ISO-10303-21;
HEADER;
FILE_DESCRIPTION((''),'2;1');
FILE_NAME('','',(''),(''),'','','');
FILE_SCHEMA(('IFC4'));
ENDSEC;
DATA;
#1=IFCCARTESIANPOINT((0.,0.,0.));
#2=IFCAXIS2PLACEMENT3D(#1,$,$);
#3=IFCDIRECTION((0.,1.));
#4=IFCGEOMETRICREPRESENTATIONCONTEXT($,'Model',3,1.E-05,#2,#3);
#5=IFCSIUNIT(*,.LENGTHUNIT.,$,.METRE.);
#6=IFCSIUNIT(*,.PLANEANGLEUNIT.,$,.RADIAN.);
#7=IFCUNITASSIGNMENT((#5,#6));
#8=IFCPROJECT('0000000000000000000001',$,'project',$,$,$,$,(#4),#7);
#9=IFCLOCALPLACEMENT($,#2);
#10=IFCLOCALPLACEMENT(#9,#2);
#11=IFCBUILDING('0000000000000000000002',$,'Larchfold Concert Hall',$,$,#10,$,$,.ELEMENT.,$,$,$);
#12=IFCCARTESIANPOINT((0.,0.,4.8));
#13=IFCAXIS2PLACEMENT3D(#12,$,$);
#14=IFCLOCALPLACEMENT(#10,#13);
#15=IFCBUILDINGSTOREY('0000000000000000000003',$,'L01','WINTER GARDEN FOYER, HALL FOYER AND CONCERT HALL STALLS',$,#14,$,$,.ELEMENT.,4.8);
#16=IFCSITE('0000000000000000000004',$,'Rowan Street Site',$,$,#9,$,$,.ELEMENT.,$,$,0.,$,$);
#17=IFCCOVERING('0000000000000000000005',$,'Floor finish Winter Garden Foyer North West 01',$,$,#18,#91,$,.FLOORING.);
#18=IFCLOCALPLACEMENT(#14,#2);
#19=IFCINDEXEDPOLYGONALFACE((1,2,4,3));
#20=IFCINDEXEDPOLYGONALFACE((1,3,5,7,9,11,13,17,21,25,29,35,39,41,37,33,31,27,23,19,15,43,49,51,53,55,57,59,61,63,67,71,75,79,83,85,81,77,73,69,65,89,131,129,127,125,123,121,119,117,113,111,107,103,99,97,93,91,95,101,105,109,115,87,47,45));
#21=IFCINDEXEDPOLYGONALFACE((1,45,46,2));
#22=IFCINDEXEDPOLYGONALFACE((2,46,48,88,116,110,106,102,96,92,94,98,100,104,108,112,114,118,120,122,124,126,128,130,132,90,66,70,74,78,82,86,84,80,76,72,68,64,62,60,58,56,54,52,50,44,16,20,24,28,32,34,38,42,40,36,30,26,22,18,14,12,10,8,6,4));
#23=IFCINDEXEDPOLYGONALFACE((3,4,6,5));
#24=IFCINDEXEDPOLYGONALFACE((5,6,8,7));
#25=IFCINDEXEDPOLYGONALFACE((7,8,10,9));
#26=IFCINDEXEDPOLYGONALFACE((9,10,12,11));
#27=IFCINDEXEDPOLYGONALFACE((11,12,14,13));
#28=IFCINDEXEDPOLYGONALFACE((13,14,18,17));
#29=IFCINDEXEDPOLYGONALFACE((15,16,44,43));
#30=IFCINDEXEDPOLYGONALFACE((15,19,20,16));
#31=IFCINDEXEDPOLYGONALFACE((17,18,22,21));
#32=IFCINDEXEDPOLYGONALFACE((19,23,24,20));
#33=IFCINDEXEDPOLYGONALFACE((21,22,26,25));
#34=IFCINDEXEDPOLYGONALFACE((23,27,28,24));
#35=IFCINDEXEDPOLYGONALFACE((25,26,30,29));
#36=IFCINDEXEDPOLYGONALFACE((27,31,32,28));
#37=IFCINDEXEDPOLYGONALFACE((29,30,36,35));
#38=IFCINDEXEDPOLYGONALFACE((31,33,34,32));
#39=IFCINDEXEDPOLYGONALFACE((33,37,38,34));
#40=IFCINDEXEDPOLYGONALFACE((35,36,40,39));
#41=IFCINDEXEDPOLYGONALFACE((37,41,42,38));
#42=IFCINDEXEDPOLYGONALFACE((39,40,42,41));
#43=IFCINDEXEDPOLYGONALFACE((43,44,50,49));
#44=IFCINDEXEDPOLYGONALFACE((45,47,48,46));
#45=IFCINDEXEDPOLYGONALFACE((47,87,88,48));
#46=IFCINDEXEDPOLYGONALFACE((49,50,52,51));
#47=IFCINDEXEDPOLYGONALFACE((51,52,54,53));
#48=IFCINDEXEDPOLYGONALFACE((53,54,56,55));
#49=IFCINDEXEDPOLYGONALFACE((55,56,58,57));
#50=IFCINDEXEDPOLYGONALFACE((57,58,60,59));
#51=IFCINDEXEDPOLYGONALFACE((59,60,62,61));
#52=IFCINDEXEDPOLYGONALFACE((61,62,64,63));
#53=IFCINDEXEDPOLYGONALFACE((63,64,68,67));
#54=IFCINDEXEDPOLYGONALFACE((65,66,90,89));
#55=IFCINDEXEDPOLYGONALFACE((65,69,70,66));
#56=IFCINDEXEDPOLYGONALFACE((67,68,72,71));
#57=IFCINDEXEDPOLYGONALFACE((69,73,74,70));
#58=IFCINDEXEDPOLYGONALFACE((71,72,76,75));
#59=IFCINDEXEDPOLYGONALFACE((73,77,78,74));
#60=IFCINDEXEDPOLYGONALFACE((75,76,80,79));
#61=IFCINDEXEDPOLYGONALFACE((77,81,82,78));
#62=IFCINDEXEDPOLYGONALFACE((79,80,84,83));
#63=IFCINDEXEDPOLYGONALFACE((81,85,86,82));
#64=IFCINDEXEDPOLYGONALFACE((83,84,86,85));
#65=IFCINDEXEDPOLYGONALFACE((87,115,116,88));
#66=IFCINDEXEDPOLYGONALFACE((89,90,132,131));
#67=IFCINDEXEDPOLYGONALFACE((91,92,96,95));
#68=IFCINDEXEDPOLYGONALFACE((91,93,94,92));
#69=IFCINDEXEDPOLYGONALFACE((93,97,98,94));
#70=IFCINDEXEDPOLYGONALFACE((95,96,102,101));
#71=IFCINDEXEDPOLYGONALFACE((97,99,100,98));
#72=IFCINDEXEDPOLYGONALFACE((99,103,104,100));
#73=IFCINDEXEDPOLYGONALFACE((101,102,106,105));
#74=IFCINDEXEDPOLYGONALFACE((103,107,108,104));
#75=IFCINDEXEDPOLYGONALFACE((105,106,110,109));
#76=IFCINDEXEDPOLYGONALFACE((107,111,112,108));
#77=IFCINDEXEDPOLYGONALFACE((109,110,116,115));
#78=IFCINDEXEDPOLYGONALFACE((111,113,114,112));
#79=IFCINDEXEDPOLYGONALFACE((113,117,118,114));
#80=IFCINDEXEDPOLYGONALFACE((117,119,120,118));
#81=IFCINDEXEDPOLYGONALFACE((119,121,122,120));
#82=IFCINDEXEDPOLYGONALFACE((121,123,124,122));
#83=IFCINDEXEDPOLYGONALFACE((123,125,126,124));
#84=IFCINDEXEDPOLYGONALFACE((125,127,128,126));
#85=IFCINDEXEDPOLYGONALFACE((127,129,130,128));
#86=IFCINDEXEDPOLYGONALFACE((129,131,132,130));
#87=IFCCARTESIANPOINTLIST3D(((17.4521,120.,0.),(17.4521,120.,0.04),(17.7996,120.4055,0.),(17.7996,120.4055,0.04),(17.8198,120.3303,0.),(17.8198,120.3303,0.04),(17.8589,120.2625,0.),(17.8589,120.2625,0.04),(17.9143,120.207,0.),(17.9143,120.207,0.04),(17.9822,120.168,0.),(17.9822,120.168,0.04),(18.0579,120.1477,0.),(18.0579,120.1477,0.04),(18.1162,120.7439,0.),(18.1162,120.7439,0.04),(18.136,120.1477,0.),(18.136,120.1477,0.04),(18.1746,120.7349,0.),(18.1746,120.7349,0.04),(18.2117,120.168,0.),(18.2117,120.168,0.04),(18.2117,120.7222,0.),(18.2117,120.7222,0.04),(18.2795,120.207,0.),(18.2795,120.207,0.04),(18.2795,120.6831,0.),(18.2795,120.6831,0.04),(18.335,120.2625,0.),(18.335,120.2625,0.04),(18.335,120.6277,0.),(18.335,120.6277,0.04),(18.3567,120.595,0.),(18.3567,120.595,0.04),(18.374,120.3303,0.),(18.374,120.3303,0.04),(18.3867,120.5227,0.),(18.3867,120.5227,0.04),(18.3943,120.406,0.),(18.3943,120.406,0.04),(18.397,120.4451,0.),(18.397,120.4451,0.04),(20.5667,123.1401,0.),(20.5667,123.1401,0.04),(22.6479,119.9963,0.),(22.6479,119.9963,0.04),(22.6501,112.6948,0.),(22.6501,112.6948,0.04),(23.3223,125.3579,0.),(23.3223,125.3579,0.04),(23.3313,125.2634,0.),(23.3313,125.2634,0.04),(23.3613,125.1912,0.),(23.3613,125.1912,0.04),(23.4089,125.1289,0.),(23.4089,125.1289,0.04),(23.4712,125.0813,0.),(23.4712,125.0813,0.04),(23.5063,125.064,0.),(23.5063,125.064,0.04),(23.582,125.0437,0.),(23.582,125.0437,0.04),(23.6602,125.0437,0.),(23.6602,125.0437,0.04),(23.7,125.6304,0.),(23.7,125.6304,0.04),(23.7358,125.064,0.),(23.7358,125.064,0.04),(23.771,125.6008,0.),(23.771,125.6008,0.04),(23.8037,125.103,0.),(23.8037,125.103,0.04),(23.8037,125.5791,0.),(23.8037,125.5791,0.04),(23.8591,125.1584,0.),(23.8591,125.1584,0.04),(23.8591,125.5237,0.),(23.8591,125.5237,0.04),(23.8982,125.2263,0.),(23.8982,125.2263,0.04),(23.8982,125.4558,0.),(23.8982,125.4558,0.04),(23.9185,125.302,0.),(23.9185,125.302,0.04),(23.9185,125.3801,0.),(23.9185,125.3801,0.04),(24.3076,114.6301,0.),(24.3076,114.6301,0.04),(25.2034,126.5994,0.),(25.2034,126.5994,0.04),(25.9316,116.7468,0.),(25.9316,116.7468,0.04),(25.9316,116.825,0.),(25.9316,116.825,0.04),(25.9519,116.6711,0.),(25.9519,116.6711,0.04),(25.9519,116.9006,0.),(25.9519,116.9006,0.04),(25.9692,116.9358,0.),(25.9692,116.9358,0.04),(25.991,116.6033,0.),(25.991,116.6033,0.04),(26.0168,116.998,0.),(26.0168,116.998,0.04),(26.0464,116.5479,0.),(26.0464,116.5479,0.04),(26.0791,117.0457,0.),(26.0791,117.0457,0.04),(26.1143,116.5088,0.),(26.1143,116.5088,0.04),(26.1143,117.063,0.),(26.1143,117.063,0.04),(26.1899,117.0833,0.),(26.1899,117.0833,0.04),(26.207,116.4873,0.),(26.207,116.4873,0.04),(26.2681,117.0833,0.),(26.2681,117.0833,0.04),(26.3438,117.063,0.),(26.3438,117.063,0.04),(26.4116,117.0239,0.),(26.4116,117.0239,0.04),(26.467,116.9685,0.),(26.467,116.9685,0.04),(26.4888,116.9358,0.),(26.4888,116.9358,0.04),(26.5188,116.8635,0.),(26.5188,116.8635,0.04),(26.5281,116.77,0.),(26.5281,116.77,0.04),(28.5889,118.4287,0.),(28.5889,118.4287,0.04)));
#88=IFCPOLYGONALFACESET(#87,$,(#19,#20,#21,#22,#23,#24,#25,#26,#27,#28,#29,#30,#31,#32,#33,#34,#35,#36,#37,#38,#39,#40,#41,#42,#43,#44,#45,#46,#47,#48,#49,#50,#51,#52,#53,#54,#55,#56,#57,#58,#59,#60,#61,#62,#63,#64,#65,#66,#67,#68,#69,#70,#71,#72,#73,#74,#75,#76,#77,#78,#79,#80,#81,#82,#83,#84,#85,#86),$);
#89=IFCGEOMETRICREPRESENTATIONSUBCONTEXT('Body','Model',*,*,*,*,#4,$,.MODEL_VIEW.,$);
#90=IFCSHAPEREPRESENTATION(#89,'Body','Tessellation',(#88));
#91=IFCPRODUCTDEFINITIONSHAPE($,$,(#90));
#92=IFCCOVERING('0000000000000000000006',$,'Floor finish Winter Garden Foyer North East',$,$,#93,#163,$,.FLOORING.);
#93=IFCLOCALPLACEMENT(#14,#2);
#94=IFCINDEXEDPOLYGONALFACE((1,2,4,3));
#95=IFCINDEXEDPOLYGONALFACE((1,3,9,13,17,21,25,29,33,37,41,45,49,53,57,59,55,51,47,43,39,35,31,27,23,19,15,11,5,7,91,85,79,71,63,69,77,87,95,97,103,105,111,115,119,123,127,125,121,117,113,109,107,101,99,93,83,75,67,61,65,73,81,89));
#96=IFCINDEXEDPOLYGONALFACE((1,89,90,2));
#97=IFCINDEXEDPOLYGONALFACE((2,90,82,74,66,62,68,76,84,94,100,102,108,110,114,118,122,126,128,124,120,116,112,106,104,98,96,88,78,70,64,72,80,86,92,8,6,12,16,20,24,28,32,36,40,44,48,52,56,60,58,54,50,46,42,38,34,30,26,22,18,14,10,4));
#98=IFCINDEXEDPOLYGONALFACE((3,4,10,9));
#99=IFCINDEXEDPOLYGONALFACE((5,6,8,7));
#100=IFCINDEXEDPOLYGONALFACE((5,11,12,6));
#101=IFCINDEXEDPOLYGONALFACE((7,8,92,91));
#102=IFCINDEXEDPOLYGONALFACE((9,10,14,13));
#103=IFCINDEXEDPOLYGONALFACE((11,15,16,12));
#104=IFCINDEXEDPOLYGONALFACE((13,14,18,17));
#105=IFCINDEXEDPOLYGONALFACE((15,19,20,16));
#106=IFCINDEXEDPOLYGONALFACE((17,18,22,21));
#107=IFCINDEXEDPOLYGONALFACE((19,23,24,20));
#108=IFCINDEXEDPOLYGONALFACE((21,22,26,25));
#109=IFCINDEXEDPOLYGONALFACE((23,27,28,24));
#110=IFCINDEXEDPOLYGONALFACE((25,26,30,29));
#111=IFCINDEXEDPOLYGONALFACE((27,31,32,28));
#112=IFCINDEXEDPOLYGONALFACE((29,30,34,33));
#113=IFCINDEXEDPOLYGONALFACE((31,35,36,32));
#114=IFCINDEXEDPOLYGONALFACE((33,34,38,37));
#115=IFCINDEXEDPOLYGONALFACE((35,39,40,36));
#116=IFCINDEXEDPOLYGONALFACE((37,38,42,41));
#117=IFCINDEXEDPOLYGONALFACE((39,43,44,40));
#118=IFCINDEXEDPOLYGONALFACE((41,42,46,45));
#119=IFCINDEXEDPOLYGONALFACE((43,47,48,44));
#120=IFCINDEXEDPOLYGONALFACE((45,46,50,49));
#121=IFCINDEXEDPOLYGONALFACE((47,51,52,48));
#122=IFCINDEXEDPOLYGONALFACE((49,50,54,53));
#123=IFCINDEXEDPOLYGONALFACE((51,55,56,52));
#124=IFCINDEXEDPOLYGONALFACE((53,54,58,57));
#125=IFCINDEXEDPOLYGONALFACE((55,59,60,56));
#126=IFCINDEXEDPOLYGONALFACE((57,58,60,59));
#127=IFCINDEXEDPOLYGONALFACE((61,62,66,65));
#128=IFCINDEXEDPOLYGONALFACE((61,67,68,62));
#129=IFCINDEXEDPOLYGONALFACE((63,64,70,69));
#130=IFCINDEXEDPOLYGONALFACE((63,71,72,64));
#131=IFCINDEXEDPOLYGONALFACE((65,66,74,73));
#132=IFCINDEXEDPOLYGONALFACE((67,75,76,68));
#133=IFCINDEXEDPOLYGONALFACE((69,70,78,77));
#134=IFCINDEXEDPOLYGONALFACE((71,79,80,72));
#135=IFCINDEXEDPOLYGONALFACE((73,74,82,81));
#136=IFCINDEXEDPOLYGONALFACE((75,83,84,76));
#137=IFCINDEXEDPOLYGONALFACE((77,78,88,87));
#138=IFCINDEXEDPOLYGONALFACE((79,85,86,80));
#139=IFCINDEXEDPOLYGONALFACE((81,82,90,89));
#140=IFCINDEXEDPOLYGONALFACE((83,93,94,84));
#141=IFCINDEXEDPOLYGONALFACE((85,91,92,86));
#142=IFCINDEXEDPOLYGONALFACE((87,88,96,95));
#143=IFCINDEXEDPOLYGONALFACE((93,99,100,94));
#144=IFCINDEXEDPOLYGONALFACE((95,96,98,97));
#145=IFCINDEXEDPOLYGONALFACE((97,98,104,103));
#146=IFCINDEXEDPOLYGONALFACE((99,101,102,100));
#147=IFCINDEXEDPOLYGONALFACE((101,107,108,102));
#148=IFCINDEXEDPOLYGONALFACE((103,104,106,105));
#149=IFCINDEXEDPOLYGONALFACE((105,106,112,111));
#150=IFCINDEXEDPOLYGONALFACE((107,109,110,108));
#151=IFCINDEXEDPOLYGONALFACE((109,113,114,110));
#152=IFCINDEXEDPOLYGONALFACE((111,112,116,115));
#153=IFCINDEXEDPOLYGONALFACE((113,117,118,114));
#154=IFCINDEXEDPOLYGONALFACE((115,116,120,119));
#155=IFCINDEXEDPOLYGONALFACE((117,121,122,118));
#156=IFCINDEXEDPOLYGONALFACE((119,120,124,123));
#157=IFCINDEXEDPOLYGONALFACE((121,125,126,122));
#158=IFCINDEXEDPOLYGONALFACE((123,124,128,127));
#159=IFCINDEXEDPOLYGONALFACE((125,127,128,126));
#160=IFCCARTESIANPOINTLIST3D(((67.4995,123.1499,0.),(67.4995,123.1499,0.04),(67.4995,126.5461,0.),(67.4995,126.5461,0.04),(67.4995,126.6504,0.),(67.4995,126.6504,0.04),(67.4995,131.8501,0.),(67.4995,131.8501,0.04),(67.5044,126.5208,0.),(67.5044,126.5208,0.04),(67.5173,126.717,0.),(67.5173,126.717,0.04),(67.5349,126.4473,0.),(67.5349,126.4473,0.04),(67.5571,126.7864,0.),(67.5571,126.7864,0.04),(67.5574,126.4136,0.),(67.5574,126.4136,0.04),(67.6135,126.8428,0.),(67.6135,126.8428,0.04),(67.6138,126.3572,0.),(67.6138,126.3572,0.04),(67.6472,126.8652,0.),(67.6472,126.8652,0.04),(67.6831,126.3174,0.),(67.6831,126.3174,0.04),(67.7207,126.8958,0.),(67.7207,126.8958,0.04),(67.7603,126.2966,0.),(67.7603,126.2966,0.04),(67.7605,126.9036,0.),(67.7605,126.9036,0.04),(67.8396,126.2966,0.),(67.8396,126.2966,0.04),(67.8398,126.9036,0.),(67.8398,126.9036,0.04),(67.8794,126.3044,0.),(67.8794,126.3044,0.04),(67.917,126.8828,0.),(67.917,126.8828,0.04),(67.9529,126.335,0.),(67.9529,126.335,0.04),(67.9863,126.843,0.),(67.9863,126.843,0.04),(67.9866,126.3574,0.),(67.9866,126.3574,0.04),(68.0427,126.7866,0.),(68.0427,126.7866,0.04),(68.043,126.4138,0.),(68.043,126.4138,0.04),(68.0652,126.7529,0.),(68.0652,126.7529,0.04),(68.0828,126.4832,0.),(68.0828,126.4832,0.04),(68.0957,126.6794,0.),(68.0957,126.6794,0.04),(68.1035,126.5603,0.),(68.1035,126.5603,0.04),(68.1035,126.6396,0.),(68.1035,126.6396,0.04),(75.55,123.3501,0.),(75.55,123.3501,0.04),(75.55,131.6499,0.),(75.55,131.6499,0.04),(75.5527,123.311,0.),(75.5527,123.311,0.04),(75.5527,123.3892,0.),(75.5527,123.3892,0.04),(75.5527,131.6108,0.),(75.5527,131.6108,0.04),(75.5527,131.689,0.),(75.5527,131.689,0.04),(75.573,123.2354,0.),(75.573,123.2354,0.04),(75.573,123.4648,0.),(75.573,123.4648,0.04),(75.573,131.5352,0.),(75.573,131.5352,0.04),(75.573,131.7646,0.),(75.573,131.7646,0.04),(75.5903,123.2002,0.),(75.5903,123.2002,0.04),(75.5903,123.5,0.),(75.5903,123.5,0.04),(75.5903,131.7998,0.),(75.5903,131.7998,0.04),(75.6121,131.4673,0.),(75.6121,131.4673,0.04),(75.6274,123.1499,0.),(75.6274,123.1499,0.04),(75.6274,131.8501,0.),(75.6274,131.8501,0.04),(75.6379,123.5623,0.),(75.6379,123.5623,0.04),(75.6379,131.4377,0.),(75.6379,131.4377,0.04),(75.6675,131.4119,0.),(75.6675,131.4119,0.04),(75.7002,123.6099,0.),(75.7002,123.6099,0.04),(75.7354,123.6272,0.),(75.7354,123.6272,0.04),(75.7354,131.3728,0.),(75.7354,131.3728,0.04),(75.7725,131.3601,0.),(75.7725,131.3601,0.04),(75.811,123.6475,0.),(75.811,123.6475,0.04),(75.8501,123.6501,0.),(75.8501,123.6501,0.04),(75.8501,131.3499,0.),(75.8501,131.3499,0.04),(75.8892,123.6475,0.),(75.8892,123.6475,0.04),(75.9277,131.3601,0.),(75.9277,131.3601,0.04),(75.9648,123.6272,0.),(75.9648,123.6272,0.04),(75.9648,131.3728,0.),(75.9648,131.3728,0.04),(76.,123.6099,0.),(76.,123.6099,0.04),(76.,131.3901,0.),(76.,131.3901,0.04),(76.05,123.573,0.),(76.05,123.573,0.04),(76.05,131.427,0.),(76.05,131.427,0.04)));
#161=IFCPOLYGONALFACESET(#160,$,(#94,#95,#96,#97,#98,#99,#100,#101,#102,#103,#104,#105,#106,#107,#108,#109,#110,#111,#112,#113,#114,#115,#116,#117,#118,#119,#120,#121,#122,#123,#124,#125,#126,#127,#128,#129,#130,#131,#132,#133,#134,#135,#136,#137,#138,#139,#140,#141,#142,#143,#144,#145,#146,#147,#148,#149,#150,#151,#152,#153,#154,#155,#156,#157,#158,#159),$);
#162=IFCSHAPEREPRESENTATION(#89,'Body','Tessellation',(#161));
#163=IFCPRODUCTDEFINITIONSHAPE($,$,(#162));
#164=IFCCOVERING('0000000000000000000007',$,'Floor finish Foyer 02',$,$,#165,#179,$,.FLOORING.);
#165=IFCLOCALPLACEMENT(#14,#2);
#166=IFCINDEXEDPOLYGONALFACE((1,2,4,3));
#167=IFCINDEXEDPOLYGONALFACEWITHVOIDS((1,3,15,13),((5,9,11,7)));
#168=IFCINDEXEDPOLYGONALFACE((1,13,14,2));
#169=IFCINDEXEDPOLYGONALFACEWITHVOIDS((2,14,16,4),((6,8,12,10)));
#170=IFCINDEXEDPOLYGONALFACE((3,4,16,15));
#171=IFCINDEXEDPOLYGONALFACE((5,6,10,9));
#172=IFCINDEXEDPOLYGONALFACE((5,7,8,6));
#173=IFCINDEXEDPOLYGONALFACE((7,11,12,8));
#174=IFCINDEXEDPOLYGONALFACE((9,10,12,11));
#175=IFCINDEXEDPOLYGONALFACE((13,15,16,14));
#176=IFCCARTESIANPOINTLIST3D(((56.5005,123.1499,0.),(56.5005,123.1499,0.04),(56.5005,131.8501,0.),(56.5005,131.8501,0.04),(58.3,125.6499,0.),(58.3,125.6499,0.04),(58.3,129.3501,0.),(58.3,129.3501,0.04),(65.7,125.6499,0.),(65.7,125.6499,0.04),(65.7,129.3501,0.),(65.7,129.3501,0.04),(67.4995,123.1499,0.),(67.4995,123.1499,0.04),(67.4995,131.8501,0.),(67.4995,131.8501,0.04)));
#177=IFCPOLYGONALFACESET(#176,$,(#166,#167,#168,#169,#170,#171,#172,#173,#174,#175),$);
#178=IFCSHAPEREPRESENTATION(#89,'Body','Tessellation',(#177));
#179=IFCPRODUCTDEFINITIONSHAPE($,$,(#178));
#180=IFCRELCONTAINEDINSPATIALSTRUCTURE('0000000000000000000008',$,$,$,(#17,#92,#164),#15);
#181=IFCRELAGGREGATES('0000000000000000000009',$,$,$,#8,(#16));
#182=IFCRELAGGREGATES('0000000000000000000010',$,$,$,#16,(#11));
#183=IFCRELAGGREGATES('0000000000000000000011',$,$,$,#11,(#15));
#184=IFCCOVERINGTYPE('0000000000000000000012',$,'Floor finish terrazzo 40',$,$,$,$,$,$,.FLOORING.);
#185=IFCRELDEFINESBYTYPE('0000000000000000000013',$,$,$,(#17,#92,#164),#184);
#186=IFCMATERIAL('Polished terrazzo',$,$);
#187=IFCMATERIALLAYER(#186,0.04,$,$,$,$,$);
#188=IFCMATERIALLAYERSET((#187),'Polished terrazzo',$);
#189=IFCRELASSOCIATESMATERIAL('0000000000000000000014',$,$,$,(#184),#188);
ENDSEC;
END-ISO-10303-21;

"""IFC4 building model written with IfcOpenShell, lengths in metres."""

from ifc_helpers import new_model, si_unit, direction, frame, origin, place, context, subcontext, project, spatial, polyline, outline, extrude, material, layer, layer_set, type_object, element, save


model = new_model("IFC4")

# Units and contexts
model_context = context("Model", 3, precision=1e-05, world=origin(), true_north=direction((0.0, 1.0)))
body_context = subcontext(model_context, "Body", "Model", "MODEL_VIEW")
ifc_project = project(units=[si_unit("LENGTHUNIT", "METRE"), si_unit("PLANEANGLEUNIT", "RADIAN")], contexts=[model_context])

# Site, building, storey
site_placement = place(None, origin())
site = spatial("IfcSite", under=ifc_project, at=site_placement, Name="Rowan Street Site", CompositionType="ELEMENT", RefElevation=0.0)
building_placement = place(site_placement, origin())
building = spatial("IfcBuilding", under=site, at=building_placement, Name="Larchfold Concert Hall", CompositionType="ELEMENT")
storey_placement = place(building_placement, frame((0.0, 0.0, 4.8)))
storey = spatial("IfcBuildingStorey", under=building, at=storey_placement, Name="L01", Description="WINTER GARDEN FOYER, HALL FOYER AND CONCERT HALL STALLS", CompositionType="ELEMENT", Elevation=4.8)

# Coverings
ifc_material_1 = material(Name="Polished terrazzo")
ifc_layer_1 = layer(ifc_material_1, 0.04)
ifc_layer_set_1 = layer_set([ifc_layer_1], Name="Polished terrazzo")
covering_type_1 = type_object("IfcCoveringType", Name="Floor finish terrazzo 40", PredefinedType="FLOORING", material=ifc_layer_set_1)
covering_1_placement = place(storey_placement, origin())
element("IfcCovering", 1, at=covering_1_placement, inside=storey, type_object=covering_type_1, Name="Floor finish Winter Garden Foyer North West 01", PredefinedType="FLOORING", context=body_context, shape_type="SweptSolid", body=[
    extrude(outline(polyline([(17.7996, 120.4055), (17.4521, 120.0), (22.6479, 119.9963), (22.6501, 112.6948), (24.3076, 114.6301), (26.207, 116.4873), (26.1143, 116.5088), (26.0464, 116.5479), (25.991, 116.6033), (25.9519, 116.6711), (25.9316, 116.7468), (25.9316, 116.825), (25.9519, 116.9006), (25.9692, 116.9358), (26.0168, 116.998), (26.0791, 117.0457), (26.1143, 117.063), (26.1899, 117.0833), (26.2681, 117.0833), (26.3438, 117.063), (26.4116, 117.0239), (26.467, 116.9685), (26.4888, 116.9358), (26.5188, 116.8635), (26.5281, 116.77), (28.5889, 118.4287), (25.2034, 126.5994), (23.7, 125.6304), (23.771, 125.6008), (23.8037, 125.5791), (23.8591, 125.5237), (23.8982, 125.4558), (23.9185, 125.3801), (23.9185, 125.302), (23.8982, 125.2263), (23.8591, 125.1584), (23.8037, 125.103), (23.7358, 125.064), (23.6602, 125.0437), (23.582, 125.0437), (23.5063, 125.064), (23.4712, 125.0813), (23.4089, 125.1289), (23.3613, 125.1912), (23.3313, 125.2634), (23.3223, 125.3579), (20.5667, 123.1401), (18.1162, 120.7439), (18.1746, 120.7349), (18.2117, 120.7222), (18.2795, 120.6831), (18.335, 120.6277), (18.3567, 120.595), (18.3867, 120.5227), (18.397, 120.4451), (18.3943, 120.406), (18.374, 120.3303), (18.335, 120.2625), (18.2795, 120.207), (18.2117, 120.168), (18.136, 120.1477), (18.0579, 120.1477), (17.9822, 120.168), (17.9143, 120.207), (17.8589, 120.2625), (17.8198, 120.3303), (17.7996, 120.4055)])), origin(), (0.0, 0.0, 1.0), 0.04),
])
covering_2_placement = place(storey_placement, origin())
element("IfcCovering", 2, at=covering_2_placement, inside=storey, type_object=covering_type_1, Name="Floor finish Winter Garden Foyer North East", PredefinedType="FLOORING", context=body_context, shape_type="SweptSolid", body=[
    extrude(outline(polyline([(75.6274, 131.8501), (67.4995, 131.8501), (67.4995, 126.6504), (67.5173, 126.717), (67.5571, 126.7864), (67.6135, 126.8428), (67.6472, 126.8652), (67.7207, 126.8958), (67.7605, 126.9036), (67.8398, 126.9036), (67.917, 126.8828), (67.9863, 126.843), (68.0427, 126.7866), (68.0652, 126.7529), (68.0957, 126.6794), (68.1035, 126.6396), (68.1035, 126.5603), (68.0828, 126.4832), (68.043, 126.4138), (67.9866, 126.3574), (67.9529, 126.335), (67.8794, 126.3044), (67.8396, 126.2966), (67.7603, 126.2966), (67.6831, 126.3174), (67.6138, 126.3572), (67.5574, 126.4136), (67.5349, 126.4473), (67.5044, 126.5208), (67.4995, 126.5461), (67.4995, 123.1499), (75.6274, 123.1499), (75.5903, 123.2002), (75.573, 123.2354), (75.5527, 123.311), (75.55, 123.3501), (75.5527, 123.3892), (75.573, 123.4648), (75.5903, 123.5), (75.6379, 123.5623), (75.7002, 123.6099), (75.7354, 123.6272), (75.811, 123.6475), (75.8501, 123.6501), (75.8892, 123.6475), (75.9648, 123.6272), (76.0, 123.6099), (76.05, 123.573), (76.05, 131.427), (76.0, 131.3901), (75.9648, 131.3728), (75.9277, 131.3601), (75.8501, 131.3499), (75.7725, 131.3601), (75.7354, 131.3728), (75.6675, 131.4119), (75.6379, 131.4377), (75.6121, 131.4673), (75.573, 131.5352), (75.5527, 131.6108), (75.55, 131.6499), (75.5527, 131.689), (75.573, 131.7646), (75.5903, 131.7998), (75.6274, 131.8501)])), origin(), (0.0, 0.0, 1.0), 0.04),
])
covering_3_placement = place(storey_placement, origin())
element("IfcCovering", 3, at=covering_3_placement, inside=storey, type_object=covering_type_1, Name="Floor finish Foyer 02", PredefinedType="FLOORING", context=body_context, shape_type="SweptSolid", body=[
    extrude(outline(polyline([(67.4995, 131.8501), (56.5005, 131.8501), (56.5005, 123.1499), (67.4995, 123.1499), (67.4995, 131.8501)]), holes=[polyline([(65.7, 125.6499), (58.3, 125.6499), (58.3, 129.3501), (65.7, 129.3501), (65.7, 125.6499)])]), origin(), (0.0, 0.0, 1.0), 0.04),
])

save(model, "model.ifc")
